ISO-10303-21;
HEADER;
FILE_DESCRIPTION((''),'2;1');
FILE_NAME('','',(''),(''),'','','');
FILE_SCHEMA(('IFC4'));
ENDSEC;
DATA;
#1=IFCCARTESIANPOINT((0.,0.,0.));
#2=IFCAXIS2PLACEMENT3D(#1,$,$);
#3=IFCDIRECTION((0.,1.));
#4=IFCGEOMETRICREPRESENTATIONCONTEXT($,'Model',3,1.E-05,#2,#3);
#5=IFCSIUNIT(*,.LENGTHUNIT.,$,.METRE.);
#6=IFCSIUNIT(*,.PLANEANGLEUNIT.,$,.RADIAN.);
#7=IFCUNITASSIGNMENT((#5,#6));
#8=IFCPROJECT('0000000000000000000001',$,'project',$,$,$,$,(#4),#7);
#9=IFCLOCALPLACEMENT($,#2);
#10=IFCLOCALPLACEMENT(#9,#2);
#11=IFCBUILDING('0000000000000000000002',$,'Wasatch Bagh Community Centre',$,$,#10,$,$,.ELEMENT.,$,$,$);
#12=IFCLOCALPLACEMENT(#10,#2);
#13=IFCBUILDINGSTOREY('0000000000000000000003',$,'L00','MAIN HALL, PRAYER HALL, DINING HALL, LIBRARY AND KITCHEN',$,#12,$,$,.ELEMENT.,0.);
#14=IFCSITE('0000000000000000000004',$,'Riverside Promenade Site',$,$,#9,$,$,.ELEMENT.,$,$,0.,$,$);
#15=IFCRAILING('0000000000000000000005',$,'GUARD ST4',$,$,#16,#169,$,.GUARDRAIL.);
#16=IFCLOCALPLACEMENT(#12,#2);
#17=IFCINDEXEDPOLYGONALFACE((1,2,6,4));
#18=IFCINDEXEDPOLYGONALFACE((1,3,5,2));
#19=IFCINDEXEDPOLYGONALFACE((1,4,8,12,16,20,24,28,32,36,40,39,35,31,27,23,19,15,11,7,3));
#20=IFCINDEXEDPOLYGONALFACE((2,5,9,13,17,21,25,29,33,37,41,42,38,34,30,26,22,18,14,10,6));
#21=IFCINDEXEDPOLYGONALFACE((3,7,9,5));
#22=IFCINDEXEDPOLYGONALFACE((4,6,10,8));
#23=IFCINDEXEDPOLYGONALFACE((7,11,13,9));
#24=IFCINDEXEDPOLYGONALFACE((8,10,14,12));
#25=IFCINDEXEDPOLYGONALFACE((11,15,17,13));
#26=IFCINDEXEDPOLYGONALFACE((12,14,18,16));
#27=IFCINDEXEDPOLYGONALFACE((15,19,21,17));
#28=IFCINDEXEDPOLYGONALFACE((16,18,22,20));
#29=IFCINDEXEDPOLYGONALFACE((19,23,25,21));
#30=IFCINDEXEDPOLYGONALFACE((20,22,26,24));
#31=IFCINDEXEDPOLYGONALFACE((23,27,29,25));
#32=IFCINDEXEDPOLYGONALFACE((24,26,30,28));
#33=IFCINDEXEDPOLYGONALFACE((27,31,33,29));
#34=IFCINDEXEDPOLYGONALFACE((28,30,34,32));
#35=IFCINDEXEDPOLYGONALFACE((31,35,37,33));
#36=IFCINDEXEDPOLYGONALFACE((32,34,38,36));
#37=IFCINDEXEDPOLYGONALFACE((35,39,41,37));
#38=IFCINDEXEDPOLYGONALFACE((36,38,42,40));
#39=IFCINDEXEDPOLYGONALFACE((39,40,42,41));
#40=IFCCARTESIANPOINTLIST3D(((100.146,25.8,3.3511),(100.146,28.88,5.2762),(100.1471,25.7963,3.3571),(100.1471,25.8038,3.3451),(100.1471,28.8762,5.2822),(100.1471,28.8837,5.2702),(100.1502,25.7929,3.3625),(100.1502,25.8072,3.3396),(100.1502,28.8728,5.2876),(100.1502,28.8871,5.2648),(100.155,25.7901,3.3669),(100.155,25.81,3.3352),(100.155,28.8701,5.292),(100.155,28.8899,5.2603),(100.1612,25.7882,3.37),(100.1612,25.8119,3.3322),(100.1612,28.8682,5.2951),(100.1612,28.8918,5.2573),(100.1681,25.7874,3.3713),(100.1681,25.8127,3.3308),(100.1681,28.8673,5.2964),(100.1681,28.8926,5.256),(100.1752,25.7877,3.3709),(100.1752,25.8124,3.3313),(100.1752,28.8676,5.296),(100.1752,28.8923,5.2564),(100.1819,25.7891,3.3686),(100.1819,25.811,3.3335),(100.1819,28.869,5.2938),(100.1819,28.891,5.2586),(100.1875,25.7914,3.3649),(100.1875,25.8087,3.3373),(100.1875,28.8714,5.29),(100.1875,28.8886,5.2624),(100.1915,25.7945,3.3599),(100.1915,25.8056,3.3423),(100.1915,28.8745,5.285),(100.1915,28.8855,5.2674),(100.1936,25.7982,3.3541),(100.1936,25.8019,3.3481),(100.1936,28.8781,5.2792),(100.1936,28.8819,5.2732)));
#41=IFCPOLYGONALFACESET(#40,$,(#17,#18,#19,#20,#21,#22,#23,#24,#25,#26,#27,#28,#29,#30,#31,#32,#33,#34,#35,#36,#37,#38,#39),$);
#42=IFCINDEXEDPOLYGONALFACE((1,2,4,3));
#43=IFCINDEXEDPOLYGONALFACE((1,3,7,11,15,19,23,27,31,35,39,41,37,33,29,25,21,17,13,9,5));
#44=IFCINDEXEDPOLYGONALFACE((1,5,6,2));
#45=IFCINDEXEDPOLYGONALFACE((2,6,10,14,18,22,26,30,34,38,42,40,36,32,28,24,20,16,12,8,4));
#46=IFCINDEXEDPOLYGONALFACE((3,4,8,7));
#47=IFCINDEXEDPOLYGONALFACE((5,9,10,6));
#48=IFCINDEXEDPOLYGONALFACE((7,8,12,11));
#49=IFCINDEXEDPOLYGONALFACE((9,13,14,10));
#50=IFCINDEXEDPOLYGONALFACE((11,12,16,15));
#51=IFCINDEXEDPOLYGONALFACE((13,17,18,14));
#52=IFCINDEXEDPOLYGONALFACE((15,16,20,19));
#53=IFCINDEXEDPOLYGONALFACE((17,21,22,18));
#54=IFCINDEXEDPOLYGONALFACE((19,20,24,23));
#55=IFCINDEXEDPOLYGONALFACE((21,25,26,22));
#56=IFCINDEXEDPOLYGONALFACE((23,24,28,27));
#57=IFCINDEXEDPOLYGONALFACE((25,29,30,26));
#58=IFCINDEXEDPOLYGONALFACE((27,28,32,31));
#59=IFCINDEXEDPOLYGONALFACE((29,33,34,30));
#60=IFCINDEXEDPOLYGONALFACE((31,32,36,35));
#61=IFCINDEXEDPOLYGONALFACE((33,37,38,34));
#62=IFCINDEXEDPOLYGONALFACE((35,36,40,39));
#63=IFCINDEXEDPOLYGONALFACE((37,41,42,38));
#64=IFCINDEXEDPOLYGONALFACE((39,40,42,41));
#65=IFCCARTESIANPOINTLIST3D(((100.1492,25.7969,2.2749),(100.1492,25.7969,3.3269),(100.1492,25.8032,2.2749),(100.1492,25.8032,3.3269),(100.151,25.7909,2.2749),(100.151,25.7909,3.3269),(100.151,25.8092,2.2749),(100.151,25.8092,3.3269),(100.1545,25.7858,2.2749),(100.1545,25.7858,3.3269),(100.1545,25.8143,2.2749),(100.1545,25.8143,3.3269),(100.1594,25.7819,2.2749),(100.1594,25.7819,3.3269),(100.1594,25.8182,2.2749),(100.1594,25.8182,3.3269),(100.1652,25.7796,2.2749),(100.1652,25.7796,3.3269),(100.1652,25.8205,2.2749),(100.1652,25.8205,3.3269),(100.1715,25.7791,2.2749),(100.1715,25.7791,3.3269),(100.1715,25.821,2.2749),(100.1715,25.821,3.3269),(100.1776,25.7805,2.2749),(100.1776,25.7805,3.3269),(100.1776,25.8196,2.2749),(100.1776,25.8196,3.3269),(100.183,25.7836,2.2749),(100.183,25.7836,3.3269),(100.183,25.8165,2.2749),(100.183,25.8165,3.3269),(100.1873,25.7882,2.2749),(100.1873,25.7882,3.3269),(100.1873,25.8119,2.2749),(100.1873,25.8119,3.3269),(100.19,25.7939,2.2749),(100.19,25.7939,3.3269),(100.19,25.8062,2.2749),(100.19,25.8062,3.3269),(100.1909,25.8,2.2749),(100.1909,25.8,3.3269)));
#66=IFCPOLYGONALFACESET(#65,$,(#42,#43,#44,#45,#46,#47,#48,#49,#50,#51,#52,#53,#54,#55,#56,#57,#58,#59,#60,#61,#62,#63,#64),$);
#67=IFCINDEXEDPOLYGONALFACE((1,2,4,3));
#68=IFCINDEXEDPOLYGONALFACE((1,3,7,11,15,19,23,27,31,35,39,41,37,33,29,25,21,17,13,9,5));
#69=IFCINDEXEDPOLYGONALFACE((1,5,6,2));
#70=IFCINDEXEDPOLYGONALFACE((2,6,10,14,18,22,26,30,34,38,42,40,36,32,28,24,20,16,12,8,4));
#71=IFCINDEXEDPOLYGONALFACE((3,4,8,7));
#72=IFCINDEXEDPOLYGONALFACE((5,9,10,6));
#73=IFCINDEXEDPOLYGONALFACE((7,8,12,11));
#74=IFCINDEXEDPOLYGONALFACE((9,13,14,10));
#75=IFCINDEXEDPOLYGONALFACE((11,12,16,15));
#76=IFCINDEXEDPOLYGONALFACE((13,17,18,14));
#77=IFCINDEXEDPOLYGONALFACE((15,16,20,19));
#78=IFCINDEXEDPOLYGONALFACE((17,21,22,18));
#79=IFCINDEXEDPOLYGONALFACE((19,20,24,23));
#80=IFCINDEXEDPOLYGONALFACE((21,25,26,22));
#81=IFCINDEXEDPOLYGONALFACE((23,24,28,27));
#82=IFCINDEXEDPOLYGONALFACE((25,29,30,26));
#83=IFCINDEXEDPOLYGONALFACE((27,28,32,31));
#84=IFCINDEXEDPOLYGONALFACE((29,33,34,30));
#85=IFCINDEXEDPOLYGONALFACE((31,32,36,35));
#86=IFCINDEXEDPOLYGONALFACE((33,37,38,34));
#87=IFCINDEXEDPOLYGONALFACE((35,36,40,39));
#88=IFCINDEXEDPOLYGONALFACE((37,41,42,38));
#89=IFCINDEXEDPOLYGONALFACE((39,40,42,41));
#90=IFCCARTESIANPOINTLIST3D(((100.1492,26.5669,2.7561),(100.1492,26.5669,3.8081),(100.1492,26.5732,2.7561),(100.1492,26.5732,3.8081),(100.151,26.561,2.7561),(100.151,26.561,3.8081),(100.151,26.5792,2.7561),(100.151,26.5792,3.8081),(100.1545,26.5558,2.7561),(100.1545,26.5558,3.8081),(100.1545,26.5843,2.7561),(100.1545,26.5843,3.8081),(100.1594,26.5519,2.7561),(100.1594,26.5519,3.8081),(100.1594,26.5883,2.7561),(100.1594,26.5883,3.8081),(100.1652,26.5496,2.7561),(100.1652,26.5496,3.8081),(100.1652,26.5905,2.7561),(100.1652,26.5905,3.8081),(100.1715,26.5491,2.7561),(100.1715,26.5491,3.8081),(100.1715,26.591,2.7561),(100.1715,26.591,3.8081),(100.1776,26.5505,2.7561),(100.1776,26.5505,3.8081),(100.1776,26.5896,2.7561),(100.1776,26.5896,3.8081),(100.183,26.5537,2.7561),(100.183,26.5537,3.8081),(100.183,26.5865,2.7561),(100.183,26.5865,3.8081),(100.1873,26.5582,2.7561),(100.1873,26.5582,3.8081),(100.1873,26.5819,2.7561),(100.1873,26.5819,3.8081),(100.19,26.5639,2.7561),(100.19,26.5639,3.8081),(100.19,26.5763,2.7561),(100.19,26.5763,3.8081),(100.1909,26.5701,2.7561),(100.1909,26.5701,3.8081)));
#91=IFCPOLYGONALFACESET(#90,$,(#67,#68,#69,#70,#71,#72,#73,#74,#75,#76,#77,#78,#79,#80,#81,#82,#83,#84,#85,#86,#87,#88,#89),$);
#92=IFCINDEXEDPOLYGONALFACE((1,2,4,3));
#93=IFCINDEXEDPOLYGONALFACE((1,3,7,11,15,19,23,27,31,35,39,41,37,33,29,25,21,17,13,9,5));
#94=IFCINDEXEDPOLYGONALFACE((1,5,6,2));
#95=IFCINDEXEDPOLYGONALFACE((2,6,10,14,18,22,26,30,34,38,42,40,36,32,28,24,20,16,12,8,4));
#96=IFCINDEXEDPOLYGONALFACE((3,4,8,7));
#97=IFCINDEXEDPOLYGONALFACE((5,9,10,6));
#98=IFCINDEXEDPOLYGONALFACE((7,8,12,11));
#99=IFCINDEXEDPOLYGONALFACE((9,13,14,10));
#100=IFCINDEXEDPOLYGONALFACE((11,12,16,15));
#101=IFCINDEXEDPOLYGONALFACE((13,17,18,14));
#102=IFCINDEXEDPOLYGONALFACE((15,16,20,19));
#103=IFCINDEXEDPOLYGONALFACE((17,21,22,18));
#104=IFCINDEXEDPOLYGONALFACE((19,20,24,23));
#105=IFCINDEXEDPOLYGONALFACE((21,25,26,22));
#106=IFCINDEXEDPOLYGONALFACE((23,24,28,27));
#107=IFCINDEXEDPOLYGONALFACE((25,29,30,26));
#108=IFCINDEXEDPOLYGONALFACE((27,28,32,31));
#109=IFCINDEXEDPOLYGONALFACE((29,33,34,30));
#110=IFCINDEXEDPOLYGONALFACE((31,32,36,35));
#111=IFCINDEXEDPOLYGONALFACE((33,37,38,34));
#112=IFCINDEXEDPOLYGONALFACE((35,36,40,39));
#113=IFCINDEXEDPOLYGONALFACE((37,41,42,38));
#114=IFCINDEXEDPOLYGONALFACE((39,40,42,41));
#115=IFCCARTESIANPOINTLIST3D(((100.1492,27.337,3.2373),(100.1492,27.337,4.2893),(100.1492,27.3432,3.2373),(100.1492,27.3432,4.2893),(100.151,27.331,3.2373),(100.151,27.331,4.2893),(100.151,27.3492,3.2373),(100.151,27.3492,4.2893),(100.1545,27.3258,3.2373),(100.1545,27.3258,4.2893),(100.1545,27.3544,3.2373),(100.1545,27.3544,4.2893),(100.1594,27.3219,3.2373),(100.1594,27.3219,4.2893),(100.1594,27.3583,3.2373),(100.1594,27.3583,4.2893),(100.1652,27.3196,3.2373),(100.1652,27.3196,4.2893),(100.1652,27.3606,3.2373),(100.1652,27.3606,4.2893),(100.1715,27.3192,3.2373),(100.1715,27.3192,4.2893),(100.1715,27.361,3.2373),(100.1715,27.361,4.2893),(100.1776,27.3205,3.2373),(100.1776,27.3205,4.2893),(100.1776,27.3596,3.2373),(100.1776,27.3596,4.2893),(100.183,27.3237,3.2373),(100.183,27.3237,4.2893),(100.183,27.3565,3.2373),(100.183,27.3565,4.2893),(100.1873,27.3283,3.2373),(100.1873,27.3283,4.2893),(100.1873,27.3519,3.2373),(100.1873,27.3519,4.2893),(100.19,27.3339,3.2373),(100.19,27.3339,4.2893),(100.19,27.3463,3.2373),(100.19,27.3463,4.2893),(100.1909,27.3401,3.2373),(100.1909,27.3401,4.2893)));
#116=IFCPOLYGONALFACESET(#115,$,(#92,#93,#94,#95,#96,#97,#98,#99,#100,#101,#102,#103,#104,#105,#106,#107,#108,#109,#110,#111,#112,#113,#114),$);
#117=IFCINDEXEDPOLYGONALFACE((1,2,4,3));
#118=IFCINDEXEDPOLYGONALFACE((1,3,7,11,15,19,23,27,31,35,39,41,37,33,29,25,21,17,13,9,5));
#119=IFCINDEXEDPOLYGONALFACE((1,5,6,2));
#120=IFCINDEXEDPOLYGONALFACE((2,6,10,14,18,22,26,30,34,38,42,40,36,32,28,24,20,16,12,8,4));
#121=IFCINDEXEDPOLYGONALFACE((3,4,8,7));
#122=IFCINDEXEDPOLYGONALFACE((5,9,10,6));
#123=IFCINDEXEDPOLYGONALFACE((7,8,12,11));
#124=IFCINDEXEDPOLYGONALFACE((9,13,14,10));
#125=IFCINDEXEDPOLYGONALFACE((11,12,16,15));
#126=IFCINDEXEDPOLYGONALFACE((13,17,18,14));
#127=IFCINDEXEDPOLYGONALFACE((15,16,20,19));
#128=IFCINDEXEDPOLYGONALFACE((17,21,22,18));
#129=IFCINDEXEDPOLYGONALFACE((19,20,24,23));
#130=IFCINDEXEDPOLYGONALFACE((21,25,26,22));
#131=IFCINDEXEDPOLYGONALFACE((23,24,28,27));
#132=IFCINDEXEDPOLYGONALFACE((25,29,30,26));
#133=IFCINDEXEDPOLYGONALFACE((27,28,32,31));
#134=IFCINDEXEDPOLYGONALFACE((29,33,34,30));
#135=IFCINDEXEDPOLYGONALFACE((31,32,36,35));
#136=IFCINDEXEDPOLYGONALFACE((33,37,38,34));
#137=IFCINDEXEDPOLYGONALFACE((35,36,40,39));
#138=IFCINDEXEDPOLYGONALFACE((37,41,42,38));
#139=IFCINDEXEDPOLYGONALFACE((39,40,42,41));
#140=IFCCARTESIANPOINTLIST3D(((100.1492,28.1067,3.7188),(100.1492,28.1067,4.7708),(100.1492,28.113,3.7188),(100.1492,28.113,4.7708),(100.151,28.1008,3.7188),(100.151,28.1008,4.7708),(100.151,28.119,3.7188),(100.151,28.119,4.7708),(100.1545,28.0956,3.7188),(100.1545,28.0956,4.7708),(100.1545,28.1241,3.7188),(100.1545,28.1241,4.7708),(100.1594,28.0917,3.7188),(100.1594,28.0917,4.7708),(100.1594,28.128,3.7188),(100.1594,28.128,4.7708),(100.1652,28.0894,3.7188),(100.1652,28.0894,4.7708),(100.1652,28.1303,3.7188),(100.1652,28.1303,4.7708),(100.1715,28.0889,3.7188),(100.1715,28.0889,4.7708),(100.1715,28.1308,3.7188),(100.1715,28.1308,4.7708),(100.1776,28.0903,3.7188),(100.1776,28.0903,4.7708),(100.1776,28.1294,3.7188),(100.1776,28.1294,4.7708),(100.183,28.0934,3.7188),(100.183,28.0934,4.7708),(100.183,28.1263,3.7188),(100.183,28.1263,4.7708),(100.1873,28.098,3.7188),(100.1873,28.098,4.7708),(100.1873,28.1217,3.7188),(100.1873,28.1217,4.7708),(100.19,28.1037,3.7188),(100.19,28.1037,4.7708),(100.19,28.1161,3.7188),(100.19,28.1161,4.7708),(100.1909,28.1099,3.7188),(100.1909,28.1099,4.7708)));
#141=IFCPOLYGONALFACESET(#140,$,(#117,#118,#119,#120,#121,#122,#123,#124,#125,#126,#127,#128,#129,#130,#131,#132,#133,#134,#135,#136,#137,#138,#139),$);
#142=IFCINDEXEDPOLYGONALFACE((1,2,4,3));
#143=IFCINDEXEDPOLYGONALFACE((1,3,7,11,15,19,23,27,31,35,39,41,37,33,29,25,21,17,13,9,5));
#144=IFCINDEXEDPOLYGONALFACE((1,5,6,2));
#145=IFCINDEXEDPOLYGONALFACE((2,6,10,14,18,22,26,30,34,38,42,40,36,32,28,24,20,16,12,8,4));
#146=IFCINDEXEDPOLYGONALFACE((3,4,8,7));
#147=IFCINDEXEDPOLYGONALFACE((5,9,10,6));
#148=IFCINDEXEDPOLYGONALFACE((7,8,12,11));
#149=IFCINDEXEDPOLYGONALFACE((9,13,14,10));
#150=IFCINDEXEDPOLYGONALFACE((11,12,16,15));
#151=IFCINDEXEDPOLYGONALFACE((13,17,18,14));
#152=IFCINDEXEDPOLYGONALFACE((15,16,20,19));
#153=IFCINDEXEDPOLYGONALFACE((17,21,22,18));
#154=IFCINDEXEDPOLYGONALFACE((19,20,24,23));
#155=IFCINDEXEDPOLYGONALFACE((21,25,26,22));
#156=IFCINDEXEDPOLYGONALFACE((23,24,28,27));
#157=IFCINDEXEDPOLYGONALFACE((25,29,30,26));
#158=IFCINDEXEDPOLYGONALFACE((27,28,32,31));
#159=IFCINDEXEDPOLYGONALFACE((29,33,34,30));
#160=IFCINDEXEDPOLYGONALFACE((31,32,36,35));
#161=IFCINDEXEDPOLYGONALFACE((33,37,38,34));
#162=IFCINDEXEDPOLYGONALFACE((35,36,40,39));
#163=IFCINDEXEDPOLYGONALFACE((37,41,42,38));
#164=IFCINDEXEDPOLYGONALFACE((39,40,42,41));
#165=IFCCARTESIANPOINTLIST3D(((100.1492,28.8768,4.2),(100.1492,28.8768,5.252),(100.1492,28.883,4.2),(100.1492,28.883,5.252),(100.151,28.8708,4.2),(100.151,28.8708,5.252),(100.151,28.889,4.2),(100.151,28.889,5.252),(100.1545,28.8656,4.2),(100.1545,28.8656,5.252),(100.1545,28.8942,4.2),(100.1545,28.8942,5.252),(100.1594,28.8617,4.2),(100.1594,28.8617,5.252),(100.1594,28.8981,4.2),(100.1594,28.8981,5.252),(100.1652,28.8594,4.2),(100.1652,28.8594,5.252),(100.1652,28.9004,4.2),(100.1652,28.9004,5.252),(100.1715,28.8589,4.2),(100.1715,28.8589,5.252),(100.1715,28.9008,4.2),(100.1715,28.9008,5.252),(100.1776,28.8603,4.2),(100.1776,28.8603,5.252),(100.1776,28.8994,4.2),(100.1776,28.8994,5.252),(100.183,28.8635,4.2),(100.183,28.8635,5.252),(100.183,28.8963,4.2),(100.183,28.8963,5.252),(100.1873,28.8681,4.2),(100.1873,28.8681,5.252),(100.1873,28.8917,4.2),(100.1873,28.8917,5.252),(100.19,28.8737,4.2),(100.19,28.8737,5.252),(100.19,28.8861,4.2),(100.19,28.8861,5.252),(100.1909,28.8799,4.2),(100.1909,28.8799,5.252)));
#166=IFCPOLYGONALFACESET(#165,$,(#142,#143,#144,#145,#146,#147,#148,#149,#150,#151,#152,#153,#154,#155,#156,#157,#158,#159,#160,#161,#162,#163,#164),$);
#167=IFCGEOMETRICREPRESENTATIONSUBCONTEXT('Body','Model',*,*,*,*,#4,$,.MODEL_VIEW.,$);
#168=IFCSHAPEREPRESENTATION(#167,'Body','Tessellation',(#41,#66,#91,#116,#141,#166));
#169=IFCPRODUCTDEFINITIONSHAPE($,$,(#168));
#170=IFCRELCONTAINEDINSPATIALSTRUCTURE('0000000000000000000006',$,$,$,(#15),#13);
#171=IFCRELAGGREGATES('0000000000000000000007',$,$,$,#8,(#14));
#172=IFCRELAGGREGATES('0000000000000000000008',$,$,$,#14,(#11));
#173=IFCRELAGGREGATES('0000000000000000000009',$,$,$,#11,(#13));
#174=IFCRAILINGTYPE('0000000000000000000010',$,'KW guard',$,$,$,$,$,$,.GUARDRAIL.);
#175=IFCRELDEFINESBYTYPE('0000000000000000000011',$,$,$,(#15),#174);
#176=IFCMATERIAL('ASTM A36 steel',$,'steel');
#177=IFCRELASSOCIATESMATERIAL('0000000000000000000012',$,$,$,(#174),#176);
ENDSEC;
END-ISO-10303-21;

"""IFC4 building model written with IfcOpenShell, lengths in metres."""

from ifc_helpers import new_model, si_unit, direction, frame, origin, origin_2d, place, context, subcontext, project, spatial, circle, extrude, material, type_object, element, save


model = new_model("IFC4")

# Units and contexts
model_context = context("Model", 3, precision=1e-05, world=origin(), true_north=direction((0.0, 1.0)))
body_context = subcontext(model_context, "Body", "Model", "MODEL_VIEW")
ifc_project = project(units=[si_unit("LENGTHUNIT", "METRE"), si_unit("PLANEANGLEUNIT", "RADIAN")], contexts=[model_context])

# Site, building, storey
site_placement = place(None, origin())
site = spatial("IfcSite", under=ifc_project, at=site_placement, Name="Riverside Promenade Site", CompositionType="ELEMENT", RefElevation=0.0)
building_placement = place(site_placement, origin())
building = spatial("IfcBuilding", under=site, at=building_placement, Name="Wasatch Bagh Community Centre", CompositionType="ELEMENT")
storey_placement = place(building_placement, origin())
storey = spatial("IfcBuildingStorey", under=building, at=storey_placement, Name="L00", Description="MAIN HALL, PRAYER HALL, DINING HALL, LIBRARY AND KITCHEN", CompositionType="ELEMENT", Elevation=0.0)

# Railing
ifc_material_1 = material(Name="ASTM A36 steel", Category="steel")
railing_type_1 = type_object("IfcRailingType", Name="KW guard", PredefinedType="GUARDRAIL", material=ifc_material_1)
for number, where, name in (
    (1, (100.1699, 25.8, 2.2749), "GUARD ST4"),
):
    element("IfcRailing", number, at=place(storey_placement, frame(where)), inside=storey, type_object=railing_type_1, Name=name, PredefinedType="GUARDRAIL", context=body_context, shape_type="SweptSolid", body=[
        extrude(circle(Radius=0.0239, at=origin_2d()), frame((0.0, 0.0, 1.0762), z_axis=(0.0, 0.847979, 0.530029), x_axis=(-1.0, 0.0, 0.0)), (0.0, 0.0, 1.0), 3.6321),
        extrude(circle(Radius=0.021, at=origin_2d()), origin(), (0.0, 0.0, 1.0), 1.052),
        extrude(circle(Radius=0.021, at=origin_2d()), frame((0.0, 0.77, 0.4812)), (0.0, 0.0, 1.0), 1.052),
        extrude(circle(Radius=0.021, at=origin_2d()), frame((0.0, 1.54, 0.9624)), (0.0, 0.0, 1.0), 1.052),
        extrude(circle(Radius=0.021, at=origin_2d()), frame((0.0, 2.3098, 1.4438)), (0.0, 0.0, 1.0), 1.052),
        extrude(circle(Radius=0.021, at=origin_2d()), frame((0.0, 3.0798, 1.925)), (0.0, 0.0, 1.0), 1.052),
    ])

save(model, "model.ifc")
